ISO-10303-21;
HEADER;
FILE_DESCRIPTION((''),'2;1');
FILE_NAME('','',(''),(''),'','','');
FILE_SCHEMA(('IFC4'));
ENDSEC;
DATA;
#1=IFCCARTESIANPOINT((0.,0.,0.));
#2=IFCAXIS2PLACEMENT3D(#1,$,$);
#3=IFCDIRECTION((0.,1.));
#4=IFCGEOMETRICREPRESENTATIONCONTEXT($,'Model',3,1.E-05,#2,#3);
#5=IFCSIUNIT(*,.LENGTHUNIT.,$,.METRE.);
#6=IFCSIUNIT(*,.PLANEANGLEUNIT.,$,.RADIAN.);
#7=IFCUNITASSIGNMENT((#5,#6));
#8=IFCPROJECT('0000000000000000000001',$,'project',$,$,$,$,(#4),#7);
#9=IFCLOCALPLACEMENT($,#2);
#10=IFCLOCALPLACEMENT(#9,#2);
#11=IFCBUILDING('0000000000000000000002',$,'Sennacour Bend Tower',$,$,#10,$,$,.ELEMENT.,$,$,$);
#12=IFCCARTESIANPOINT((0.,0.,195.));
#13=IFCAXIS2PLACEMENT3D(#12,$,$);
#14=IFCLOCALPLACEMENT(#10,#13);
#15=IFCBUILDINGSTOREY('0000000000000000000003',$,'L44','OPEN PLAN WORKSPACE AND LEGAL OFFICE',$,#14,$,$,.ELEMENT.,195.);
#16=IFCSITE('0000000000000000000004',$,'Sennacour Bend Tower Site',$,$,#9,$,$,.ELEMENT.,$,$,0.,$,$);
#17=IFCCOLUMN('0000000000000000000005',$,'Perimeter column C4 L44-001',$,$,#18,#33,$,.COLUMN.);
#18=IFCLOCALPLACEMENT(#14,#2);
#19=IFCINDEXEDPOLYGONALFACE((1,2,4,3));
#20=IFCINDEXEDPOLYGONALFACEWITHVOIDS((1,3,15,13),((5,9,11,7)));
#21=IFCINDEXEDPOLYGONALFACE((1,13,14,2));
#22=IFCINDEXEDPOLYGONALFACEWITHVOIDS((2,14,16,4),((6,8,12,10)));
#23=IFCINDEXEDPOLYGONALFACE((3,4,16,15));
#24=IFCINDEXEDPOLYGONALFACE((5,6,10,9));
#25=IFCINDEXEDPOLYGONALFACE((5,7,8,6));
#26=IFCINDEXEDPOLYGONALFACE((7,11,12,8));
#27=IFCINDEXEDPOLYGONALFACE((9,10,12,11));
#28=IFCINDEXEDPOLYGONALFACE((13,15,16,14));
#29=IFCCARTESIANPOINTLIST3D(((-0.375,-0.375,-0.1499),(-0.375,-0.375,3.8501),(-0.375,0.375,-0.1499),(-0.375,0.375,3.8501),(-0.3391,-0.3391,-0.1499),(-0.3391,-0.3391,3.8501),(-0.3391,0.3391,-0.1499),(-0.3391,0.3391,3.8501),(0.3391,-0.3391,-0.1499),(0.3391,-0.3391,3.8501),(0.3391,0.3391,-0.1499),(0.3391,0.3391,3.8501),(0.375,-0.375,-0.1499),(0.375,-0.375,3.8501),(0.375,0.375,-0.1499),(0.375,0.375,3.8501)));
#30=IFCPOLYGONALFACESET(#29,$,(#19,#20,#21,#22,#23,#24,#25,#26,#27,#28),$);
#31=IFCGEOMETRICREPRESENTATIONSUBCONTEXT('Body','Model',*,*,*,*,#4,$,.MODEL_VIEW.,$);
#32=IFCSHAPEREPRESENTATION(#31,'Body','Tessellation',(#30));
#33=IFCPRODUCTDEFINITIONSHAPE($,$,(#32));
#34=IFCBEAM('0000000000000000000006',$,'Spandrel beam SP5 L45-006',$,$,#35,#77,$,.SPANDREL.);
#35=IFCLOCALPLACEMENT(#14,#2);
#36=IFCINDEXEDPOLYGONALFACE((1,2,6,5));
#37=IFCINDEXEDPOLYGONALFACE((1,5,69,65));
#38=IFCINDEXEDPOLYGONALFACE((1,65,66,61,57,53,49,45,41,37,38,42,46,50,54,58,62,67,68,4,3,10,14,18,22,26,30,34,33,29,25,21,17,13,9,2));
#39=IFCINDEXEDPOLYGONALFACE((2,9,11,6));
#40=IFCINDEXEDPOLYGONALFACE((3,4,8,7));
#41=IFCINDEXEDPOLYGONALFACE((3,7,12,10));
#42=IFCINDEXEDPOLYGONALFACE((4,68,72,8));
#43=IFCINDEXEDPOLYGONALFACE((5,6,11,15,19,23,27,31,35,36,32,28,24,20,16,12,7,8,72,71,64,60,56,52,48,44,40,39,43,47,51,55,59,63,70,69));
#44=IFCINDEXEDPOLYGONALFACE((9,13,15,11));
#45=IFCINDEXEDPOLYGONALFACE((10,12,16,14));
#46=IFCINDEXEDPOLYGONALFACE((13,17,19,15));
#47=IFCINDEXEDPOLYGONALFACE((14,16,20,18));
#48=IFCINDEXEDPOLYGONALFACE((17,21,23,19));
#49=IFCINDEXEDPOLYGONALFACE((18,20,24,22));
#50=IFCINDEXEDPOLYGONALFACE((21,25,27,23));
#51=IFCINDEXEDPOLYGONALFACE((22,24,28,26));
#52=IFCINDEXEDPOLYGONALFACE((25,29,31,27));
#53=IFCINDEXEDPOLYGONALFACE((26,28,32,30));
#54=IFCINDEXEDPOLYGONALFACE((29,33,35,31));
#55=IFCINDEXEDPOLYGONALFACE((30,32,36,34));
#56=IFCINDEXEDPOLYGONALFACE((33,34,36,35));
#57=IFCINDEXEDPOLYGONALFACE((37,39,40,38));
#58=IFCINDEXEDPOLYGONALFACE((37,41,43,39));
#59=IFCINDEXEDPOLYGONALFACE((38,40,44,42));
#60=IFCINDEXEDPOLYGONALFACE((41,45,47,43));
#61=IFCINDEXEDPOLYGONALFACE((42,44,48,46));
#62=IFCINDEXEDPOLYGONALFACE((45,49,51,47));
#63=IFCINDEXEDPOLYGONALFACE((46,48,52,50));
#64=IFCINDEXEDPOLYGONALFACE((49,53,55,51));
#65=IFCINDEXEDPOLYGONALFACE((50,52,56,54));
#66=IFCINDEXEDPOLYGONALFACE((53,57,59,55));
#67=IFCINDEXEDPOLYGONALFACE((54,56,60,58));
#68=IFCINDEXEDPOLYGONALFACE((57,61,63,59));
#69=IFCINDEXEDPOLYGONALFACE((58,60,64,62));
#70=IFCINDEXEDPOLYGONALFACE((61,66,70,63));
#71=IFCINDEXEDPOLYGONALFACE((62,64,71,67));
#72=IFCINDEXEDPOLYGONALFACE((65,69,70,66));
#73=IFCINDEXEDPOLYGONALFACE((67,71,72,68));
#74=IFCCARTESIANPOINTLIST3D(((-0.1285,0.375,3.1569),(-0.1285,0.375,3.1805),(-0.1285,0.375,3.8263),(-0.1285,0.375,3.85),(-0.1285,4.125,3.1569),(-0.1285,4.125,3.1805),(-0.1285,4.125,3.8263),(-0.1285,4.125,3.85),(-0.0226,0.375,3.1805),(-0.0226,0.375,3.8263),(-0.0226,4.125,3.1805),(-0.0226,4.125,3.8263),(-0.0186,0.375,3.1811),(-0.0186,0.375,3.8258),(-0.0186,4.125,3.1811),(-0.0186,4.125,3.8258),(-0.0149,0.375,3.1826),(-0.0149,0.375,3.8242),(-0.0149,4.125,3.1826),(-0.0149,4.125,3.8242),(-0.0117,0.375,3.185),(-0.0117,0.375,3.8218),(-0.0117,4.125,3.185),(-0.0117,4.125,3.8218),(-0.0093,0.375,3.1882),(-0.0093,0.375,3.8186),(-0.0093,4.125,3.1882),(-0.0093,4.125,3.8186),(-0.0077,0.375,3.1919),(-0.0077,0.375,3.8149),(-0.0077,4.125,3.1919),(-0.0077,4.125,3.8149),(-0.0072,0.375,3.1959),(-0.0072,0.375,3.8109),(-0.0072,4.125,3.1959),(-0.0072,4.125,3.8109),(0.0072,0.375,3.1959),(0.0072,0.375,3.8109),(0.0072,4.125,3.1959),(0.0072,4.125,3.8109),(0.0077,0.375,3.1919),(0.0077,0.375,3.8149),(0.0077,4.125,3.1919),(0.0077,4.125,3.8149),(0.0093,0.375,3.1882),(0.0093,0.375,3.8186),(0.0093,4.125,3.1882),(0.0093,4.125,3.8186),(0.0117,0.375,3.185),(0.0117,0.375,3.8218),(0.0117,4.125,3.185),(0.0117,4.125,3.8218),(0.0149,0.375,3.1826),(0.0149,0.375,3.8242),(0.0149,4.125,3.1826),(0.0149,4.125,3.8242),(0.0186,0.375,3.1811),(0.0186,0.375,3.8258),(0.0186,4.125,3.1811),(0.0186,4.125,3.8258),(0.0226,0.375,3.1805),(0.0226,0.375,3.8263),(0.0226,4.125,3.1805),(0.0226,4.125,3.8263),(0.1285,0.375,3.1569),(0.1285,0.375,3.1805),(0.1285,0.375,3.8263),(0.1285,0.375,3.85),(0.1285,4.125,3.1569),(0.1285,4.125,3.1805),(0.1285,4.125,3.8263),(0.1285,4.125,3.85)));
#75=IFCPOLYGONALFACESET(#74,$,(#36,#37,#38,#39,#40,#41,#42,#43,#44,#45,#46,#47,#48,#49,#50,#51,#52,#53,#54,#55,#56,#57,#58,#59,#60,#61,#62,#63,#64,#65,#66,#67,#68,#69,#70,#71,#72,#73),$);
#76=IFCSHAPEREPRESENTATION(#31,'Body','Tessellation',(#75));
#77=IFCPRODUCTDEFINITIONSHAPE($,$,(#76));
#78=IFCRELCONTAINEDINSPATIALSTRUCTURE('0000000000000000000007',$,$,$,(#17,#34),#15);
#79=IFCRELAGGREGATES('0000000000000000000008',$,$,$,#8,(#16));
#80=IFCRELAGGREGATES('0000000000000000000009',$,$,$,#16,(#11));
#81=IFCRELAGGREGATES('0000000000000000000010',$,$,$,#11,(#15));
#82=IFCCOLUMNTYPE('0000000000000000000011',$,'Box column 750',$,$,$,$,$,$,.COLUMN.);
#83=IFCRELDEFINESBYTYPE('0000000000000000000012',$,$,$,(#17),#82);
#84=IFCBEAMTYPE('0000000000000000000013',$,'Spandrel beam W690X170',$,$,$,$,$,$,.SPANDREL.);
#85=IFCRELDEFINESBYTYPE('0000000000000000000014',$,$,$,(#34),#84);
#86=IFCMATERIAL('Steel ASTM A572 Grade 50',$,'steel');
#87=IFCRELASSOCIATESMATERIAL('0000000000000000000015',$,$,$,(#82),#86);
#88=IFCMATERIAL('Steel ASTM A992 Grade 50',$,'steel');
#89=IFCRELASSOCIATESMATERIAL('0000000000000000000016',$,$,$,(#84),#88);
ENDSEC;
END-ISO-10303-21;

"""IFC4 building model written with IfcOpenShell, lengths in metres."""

from ifc_helpers import new_model, si_unit, direction, frame, origin, origin_2d, place, context, subcontext, project, spatial, hollow_rectangle, i_section, extrude, material, material_profile, profile_set, type_object, element, save


model = new_model("IFC4")

# Units and contexts
model_context = context("Model", 3, precision=1e-05, world=origin(), true_north=direction((0.0, 1.0)))
body_context = subcontext(model_context, "Body", "Model", "MODEL_VIEW")
ifc_project = project(units=[si_unit("LENGTHUNIT", "METRE"), si_unit("PLANEANGLEUNIT", "RADIAN")], contexts=[model_context])

# Site, building, storey
site_placement = place(None, origin())
site = spatial("IfcSite", under=ifc_project, at=site_placement, Name="Sennacour Bend Tower Site", CompositionType="ELEMENT", RefElevation=0.0)
building_placement = place(site_placement, origin())
building = spatial("IfcBuilding", under=site, at=building_placement, Name="Sennacour Bend Tower", CompositionType="ELEMENT")
storey_placement = place(building_placement, frame((0.0, 0.0, 195.0)))
storey = spatial("IfcBuildingStorey", under=building, at=storey_placement, Name="L44", Description="OPEN PLAN WORKSPACE AND LEGAL OFFICE", CompositionType="ELEMENT", Elevation=195.0)

# Column
ifc_material_1 = material(Name="Steel ASTM A572 Grade 50", Category="steel")
ifc_material_profile_1 = material_profile(ifc_material_1, hollow_rectangle(XDim=0.75, YDim=0.75, WallThickness=0.0359, at=origin_2d()), Name="Steel ASTM A572 Grade 50", Category="steel")
ifc_profile_set_1 = profile_set([ifc_material_profile_1], Name="Steel ASTM A572 Grade 50")
column_type = type_object("IfcColumnType", Name="Box column 750", PredefinedType="COLUMN", material=ifc_profile_set_1)
column_placement = place(storey_placement, frame((0.0, 0.0, -0.1499), z_axis=(0.0, 0.0, 1.0), x_axis=(1.0, 0.0, 0.0)))
element("IfcColumn", 1, at=column_placement, inside=storey, type_object=column_type, Name="Perimeter column C4 L44-001", PredefinedType="COLUMN", context=body_context, shape_type="SweptSolid", body=[
    extrude(hollow_rectangle(XDim=0.75, YDim=0.75, WallThickness=0.0359, at=origin_2d()), origin(), (0.0, 0.0, 1.0), 4.0),
])

# Beam
ifc_material_2 = material(Name="Steel ASTM A992 Grade 50", Category="steel")
ifc_material_profile_2 = material_profile(ifc_material_2, i_section(OverallWidth=0.2571, OverallDepth=0.6931, WebThickness=0.0144, FlangeThickness=0.0237, FilletRadius=0.0154, at=origin_2d()), Name="Steel ASTM A992 Grade 50", Category="steel")
ifc_profile_set_2 = profile_set([ifc_material_profile_2], Name="Steel ASTM A992 Grade 50")
beam_type = type_object("IfcBeamType", Name="Spandrel beam W690X170", PredefinedType="SPANDREL", material=ifc_profile_set_2)
beam_placement = place(storey_placement, frame((0.0, 0.375, 3.5034), z_axis=(0.0, 1.0, 0.0), x_axis=(-1.0, 0.0, 0.0)))
element("IfcBeam", 2, at=beam_placement, inside=storey, type_object=beam_type, Name="Spandrel beam SP5 L45-006", PredefinedType="SPANDREL", context=body_context, shape_type="SweptSolid", body=[
    extrude(i_section(OverallWidth=0.2571, OverallDepth=0.6931, WebThickness=0.0144, FlangeThickness=0.0237, FilletRadius=0.0154, at=origin_2d()), origin(), (0.0, 0.0, 1.0), 3.75),
])

save(model, "model.ifc")
